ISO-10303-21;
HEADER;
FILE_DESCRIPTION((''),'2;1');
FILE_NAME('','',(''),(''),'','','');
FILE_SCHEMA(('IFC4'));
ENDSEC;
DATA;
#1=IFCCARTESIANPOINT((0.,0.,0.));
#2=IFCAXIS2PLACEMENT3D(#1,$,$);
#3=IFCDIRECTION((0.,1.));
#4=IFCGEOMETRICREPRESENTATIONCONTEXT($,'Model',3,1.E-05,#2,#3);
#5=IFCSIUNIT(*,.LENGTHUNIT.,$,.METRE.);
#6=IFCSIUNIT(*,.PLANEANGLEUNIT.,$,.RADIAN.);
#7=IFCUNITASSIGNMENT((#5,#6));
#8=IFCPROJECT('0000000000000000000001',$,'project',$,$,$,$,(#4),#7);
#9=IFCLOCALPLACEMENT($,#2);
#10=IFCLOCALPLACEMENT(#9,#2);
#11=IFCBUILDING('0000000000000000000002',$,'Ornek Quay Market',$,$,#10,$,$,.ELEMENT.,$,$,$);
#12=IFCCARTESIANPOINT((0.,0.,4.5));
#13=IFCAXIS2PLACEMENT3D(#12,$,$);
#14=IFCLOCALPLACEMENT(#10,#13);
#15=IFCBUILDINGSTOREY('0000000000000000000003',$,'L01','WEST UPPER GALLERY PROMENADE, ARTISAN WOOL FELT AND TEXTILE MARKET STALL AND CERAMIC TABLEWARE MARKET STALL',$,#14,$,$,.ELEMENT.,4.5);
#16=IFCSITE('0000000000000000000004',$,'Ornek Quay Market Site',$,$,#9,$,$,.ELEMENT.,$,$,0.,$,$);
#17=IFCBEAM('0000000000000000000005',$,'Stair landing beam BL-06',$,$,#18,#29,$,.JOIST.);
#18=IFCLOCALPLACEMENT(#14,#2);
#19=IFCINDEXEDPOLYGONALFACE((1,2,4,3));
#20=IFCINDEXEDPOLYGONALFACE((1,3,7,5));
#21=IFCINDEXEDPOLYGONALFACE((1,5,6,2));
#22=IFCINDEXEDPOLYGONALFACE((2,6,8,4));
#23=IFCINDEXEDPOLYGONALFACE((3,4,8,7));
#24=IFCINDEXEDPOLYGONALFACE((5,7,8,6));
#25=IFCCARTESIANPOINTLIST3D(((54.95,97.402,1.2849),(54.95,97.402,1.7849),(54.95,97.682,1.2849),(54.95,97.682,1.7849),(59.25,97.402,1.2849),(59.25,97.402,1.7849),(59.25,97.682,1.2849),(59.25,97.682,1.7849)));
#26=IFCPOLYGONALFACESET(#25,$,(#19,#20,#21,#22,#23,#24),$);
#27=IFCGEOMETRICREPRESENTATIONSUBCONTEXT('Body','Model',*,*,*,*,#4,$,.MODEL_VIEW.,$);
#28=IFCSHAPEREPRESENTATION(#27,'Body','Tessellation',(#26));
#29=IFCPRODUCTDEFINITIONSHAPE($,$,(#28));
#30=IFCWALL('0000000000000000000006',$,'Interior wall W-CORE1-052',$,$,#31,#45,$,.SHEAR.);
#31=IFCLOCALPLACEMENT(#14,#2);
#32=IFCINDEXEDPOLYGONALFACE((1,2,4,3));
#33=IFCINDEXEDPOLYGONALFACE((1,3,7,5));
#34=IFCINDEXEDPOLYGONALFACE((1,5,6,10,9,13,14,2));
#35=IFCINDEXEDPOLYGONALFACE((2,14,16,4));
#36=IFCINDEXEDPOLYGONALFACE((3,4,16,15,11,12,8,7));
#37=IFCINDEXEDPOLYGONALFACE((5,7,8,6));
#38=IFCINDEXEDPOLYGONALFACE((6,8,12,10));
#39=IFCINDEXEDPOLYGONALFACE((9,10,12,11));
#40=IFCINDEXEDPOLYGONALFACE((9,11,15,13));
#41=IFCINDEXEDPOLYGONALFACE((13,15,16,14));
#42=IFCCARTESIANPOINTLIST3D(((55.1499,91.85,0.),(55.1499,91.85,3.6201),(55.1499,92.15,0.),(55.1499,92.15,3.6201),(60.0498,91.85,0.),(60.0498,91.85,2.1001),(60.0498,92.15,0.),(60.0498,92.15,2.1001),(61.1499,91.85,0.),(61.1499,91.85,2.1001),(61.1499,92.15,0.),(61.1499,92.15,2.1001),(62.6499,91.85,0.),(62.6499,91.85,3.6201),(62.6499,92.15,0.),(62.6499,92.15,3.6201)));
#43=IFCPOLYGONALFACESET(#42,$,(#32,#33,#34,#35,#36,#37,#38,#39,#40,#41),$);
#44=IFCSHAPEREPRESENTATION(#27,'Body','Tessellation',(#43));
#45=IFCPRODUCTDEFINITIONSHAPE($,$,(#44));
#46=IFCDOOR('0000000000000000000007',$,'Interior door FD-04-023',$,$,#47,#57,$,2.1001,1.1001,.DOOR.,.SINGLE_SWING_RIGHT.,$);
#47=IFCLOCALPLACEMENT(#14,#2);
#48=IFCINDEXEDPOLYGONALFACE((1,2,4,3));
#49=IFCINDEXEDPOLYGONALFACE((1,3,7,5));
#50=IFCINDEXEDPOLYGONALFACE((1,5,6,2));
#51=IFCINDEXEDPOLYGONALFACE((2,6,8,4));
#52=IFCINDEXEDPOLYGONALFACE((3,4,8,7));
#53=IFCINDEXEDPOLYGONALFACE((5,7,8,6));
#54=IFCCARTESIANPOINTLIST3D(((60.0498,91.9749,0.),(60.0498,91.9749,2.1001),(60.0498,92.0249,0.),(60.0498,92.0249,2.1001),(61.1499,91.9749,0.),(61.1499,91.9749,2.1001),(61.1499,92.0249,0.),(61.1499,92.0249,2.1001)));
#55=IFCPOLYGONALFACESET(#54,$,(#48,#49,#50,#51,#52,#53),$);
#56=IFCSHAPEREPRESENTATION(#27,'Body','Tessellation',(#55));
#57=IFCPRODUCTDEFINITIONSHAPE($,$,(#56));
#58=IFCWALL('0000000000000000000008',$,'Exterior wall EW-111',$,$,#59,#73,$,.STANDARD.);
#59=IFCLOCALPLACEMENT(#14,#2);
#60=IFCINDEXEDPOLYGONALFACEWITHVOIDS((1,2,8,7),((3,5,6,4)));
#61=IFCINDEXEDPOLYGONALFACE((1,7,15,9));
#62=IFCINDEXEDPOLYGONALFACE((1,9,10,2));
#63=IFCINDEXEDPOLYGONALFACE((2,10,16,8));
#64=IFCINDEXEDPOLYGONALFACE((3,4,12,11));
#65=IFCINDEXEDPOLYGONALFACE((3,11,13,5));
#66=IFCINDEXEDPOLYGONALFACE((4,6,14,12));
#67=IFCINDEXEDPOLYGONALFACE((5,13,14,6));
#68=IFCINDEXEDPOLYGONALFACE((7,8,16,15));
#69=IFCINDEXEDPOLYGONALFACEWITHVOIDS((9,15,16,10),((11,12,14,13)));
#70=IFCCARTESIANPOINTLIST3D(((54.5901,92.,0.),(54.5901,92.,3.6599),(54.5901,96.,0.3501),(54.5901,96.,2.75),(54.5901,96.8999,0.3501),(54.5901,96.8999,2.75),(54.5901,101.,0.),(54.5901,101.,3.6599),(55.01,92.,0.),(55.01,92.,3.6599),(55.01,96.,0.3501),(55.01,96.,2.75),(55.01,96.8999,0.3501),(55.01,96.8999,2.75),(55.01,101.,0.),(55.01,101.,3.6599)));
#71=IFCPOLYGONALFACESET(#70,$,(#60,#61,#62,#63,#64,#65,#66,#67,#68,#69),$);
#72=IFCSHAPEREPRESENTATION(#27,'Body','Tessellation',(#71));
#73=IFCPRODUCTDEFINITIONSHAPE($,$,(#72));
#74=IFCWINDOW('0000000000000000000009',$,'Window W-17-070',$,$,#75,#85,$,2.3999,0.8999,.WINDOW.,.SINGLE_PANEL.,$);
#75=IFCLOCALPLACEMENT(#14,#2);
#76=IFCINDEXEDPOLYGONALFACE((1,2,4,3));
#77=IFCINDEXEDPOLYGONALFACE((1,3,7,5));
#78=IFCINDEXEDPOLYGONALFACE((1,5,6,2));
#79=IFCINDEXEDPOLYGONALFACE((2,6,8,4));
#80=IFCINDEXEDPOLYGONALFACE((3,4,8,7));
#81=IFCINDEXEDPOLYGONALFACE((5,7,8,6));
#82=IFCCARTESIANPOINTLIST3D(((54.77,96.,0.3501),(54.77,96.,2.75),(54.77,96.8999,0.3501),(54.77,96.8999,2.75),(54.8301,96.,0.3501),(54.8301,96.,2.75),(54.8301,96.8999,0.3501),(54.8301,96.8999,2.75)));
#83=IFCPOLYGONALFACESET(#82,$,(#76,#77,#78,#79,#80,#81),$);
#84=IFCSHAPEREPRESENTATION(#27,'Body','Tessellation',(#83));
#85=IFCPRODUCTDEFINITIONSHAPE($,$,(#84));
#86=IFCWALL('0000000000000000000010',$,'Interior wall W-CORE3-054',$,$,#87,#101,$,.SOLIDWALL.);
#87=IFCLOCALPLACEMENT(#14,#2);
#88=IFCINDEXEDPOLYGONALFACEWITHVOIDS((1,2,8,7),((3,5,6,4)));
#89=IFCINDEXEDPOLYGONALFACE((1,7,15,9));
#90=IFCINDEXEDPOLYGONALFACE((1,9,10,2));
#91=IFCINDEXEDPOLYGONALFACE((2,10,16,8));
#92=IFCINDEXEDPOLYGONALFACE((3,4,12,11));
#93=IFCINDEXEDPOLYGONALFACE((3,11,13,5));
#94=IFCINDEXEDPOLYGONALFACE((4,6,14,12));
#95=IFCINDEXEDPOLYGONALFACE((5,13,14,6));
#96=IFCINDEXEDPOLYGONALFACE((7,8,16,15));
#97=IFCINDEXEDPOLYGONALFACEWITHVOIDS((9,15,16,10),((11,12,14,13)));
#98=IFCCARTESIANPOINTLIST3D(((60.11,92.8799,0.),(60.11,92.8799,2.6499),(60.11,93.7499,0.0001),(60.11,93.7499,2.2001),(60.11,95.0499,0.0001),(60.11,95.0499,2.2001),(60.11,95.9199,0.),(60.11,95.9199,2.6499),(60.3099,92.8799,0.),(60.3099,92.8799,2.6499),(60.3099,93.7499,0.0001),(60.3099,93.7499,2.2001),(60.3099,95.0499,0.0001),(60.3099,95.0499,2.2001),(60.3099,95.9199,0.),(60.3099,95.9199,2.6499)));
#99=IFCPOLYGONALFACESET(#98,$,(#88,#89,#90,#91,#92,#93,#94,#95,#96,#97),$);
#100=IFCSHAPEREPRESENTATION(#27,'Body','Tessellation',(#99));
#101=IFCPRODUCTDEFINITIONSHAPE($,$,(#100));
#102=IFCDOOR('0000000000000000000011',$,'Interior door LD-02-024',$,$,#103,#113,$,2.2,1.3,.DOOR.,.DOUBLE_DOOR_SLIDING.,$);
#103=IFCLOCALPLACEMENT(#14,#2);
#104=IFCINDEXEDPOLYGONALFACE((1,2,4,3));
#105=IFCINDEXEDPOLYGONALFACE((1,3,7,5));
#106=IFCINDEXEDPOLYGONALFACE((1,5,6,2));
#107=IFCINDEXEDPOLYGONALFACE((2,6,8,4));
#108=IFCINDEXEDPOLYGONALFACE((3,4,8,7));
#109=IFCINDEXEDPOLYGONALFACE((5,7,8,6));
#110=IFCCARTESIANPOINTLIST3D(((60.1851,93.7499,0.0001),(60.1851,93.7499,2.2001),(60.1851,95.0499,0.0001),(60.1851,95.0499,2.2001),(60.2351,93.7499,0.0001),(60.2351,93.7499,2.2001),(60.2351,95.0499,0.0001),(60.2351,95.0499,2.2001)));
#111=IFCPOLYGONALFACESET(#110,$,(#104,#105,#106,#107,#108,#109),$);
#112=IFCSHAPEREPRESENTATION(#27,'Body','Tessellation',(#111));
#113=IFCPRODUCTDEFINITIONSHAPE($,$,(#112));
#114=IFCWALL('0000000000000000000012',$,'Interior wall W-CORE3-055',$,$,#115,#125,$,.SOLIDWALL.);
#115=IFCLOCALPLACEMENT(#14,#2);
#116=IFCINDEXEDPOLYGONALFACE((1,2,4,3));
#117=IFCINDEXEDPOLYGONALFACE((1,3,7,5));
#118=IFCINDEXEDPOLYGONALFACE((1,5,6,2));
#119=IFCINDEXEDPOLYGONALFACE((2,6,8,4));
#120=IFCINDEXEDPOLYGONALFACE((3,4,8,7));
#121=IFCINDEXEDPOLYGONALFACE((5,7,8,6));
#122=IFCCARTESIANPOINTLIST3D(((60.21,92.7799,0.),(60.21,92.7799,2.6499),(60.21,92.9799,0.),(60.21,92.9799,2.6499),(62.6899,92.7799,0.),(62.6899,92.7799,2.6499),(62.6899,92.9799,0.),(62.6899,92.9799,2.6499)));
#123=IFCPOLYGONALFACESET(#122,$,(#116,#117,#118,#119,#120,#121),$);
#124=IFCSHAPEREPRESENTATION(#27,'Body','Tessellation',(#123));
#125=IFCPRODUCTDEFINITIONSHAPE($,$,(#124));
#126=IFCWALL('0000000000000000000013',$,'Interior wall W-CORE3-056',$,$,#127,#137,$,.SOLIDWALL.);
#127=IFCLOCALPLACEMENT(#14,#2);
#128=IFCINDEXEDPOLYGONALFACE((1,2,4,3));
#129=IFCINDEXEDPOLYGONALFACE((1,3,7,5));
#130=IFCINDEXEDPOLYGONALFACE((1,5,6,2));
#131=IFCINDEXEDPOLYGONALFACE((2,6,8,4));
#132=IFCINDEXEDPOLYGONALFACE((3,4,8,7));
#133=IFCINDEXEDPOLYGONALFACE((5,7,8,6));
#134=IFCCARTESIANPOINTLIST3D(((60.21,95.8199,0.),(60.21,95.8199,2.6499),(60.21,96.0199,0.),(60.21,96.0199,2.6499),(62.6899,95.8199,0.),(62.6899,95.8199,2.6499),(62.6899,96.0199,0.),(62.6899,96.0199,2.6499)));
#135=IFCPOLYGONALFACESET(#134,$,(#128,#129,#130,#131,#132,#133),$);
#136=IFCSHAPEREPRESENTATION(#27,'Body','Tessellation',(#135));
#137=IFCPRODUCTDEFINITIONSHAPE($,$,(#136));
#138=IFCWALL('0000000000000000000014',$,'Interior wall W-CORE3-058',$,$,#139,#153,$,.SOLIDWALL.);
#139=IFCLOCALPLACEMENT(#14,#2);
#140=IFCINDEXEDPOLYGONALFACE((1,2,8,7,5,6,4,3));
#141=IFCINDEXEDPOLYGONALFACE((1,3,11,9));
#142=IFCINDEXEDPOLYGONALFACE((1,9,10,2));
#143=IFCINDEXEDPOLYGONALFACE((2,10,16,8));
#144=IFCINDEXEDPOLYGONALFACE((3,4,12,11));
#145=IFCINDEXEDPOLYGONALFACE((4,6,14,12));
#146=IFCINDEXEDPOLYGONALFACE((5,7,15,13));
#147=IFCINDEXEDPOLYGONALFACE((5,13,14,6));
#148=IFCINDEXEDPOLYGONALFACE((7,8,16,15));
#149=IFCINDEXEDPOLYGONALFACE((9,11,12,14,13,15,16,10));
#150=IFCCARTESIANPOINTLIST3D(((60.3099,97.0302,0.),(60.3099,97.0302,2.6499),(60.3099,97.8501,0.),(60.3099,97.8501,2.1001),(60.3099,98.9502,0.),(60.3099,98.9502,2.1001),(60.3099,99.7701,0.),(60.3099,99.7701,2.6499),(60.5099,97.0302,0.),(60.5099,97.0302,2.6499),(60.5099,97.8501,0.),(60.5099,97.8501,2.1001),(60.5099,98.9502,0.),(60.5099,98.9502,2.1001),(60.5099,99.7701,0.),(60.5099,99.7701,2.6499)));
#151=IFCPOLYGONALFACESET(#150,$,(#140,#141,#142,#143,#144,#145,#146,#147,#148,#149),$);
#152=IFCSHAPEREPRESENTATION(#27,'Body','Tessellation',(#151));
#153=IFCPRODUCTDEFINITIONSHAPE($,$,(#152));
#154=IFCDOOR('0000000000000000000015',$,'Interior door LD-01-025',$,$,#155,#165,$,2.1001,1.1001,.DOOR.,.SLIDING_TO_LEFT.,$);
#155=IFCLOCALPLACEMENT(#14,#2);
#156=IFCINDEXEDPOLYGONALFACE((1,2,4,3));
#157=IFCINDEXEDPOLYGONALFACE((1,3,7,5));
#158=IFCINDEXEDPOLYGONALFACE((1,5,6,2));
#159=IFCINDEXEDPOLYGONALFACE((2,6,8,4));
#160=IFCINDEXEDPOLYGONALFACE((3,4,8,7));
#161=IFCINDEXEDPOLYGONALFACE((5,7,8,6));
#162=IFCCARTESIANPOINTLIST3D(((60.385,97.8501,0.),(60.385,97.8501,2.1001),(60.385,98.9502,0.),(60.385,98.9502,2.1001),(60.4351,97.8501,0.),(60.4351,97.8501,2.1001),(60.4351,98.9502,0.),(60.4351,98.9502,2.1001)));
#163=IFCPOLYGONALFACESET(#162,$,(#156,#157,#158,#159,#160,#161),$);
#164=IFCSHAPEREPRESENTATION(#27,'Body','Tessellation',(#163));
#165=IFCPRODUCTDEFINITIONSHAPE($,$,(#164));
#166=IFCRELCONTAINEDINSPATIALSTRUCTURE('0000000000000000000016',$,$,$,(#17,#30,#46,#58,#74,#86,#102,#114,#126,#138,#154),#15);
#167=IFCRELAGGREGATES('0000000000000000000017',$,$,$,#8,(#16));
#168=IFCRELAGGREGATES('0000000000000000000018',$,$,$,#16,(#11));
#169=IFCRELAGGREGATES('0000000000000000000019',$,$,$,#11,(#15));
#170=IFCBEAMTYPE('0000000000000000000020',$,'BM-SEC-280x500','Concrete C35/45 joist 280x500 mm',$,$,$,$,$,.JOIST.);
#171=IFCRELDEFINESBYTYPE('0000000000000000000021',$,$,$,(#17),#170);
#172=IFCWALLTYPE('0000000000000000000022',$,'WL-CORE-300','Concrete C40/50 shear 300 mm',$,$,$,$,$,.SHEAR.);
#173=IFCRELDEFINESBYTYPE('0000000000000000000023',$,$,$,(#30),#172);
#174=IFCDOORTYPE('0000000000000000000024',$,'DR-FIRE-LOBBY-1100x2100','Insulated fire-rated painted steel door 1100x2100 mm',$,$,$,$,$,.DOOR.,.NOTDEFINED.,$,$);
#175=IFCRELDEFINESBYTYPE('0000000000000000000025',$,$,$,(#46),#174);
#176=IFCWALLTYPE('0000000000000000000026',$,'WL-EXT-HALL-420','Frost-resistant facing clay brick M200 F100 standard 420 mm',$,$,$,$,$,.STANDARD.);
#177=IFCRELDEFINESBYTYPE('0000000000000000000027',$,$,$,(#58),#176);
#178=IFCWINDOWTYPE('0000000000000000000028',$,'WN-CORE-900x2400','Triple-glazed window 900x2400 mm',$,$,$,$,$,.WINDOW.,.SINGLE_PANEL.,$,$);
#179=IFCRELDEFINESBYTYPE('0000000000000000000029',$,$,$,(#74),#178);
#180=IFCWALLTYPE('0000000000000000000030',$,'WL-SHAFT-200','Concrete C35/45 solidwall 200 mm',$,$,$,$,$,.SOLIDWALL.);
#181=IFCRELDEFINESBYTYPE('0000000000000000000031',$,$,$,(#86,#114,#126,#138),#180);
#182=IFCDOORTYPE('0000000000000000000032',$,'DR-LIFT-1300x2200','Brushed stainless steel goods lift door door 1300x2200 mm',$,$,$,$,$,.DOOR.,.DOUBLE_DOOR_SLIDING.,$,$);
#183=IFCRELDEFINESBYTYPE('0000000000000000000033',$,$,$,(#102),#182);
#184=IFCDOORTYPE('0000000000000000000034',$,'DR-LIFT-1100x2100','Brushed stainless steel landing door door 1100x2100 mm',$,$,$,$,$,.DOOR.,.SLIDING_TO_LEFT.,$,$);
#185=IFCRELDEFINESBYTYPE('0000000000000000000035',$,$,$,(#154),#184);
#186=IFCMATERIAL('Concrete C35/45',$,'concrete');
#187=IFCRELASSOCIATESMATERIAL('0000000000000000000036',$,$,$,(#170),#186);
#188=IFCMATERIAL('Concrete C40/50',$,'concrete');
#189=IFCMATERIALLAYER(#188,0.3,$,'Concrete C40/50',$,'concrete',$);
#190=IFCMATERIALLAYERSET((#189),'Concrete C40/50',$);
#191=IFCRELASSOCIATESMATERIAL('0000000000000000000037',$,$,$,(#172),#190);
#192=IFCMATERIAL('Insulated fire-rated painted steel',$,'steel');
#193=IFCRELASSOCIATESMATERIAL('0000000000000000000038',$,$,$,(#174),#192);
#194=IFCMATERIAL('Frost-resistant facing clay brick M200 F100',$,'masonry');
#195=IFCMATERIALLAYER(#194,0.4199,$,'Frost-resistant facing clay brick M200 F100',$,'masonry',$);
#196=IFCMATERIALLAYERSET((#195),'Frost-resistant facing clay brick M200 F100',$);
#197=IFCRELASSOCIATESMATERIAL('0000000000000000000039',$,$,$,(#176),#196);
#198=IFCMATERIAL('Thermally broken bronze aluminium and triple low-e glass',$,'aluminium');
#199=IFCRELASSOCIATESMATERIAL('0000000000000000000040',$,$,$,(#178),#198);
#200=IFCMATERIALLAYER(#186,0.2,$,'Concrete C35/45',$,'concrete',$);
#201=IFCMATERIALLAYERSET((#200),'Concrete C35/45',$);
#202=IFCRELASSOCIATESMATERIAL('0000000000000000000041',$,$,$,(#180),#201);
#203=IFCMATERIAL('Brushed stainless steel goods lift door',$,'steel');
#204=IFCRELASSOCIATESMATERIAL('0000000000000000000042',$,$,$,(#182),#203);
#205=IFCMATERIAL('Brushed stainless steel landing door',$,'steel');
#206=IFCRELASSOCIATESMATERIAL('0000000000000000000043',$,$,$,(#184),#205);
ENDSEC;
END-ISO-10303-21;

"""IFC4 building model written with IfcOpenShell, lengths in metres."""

from ifc_helpers import new_model, si_unit, direction, frame, frame_2d, origin, origin_2d, place, context, subcontext, project, spatial, rectangle, extrude, material, layer, layer_set, material_profile, profile_set, type_object, element, fill, save


model = new_model("IFC4")

# Units and contexts
model_context = context("Model", 3, precision=1e-05, world=origin(), true_north=direction((0.0, 1.0)))
body_context = subcontext(model_context, "Body", "Model", "MODEL_VIEW")
ifc_project = project(units=[si_unit("LENGTHUNIT", "METRE"), si_unit("PLANEANGLEUNIT", "RADIAN")], contexts=[model_context])

# Site, building, storey
site_placement = place(None, origin())
site = spatial("IfcSite", under=ifc_project, at=site_placement, Name="Ornek Quay Market Site", CompositionType="ELEMENT", RefElevation=0.0)
building_placement = place(site_placement, origin())
building = spatial("IfcBuilding", under=site, at=building_placement, Name="Ornek Quay Market", CompositionType="ELEMENT")
storey_placement = place(building_placement, frame((0.0, 0.0, 4.5)))
storey = spatial("IfcBuildingStorey", under=building, at=storey_placement, Name="L01", Description="WEST UPPER GALLERY PROMENADE, ARTISAN WOOL FELT AND TEXTILE MARKET STALL AND CERAMIC TABLEWARE MARKET STALL", CompositionType="ELEMENT", Elevation=4.5)

# Beam
ifc_material_1 = material(Name="Concrete C35/45", Category="concrete")
ifc_material_profile = material_profile(ifc_material_1, rectangle(XDim=0.28, YDim=0.5, at=origin_2d()), Name="RC 280x500", Category="concrete")
ifc_profile_set = profile_set([ifc_material_profile], Name="Concrete C35/45")
beam_type = type_object("IfcBeamType", Name="BM-SEC-280x500", Description="Concrete C35/45 joist 280x500 mm", PredefinedType="JOIST", material=ifc_profile_set)
beam_placement = place(storey_placement, frame((54.95, 97.542, 1.5349), z_axis=(1.0, 0.0, 0.0), x_axis=(0.0, 1.0, 0.0)))
element("IfcBeam", 1, at=beam_placement, inside=storey, type_object=beam_type, Name="Stair landing beam BL-06", PredefinedType="JOIST", context=body_context, shape_type="SweptSolid", body=[
    extrude(rectangle(XDim=0.28, YDim=0.5, at=origin_2d()), origin(), (0.0, 0.0, 1.0), 4.3),
])

# Wall, opening, door
ifc_material_2 = material(Name="Concrete C40/50", Category="concrete")
ifc_layer_1 = layer(ifc_material_2, 0.3, Name="Concrete C40/50", Category="concrete")
ifc_layer_set_1 = layer_set([ifc_layer_1], Name="Concrete C40/50")
wall_type_1 = type_object("IfcWallType", Name="WL-CORE-300", Description="Concrete C40/50 shear 300 mm", PredefinedType="SHEAR", material=ifc_layer_set_1)
ifc_material_3 = material(Name="Insulated fire-rated painted steel", Category="steel")
wall_1_placement = place(storey_placement, frame((55.1499, 92.0, 0.0), z_axis=(0.0, 0.0, 1.0), x_axis=(1.0, 0.0, 0.0)))
wall_1 = element("IfcWall", 2, at=wall_1_placement, inside=storey, type_object=wall_type_1, Name="Interior wall W-CORE1-052", PredefinedType="SHEAR", context=body_context, shape_type="SweptSolid", body=[
    extrude(rectangle(XDim=7.5, YDim=0.3, at=frame_2d((3.75, 0.0))), origin(), (0.0, 0.0, 1.0), 3.6201),
])
opening_1_placement = place(wall_1_placement, frame((4.8999, 0.0, 0.0)))
opening_1 = element("IfcOpeningElement", 3, at=opening_1_placement, cuts=wall_1, PredefinedType="OPENING", context=body_context, shape_type="SweptSolid", body=[
    extrude(rectangle(XDim=1.1001, YDim=2.1001, at=frame_2d((0.55, 1.05))), frame((0.0, 0.1599, 0.0), z_axis=(0.0, -1.0, 0.0), x_axis=(1.0, 0.0, 0.0)), (0.0, 0.0, 1.0), 0.3201),
])
door_type_1 = type_object("IfcDoorType", Name="DR-FIRE-LOBBY-1100x2100", Description="Insulated fire-rated painted steel door 1100x2100 mm", OperationType="NOTDEFINED", PredefinedType="DOOR", material=ifc_material_3)
door_1_placement = place(opening_1_placement, origin())
door_1 = element("IfcDoor", 4, at=door_1_placement, inside=storey, type_object=door_type_1, Name="Interior door FD-04-023", OperationType="SINGLE_SWING_RIGHT", OverallHeight=2.1001, OverallWidth=1.1001, PredefinedType="DOOR", context=body_context, shape_type="SweptSolid", body=[
    extrude(rectangle(XDim=1.1001, YDim=2.1001, at=frame_2d((0.55, 1.05))), frame((0.0, 0.0249, 0.0), z_axis=(0.0, -1.0, 0.0), x_axis=(1.0, 0.0, 0.0)), (0.0, 0.0, 1.0), 0.05),
])
fill(opening_1, door_1)

# Wall, opening, window
ifc_material_4 = material(Name="Frost-resistant facing clay brick M200 F100", Category="masonry")
ifc_layer_2 = layer(ifc_material_4, 0.4199, Name="Frost-resistant facing clay brick M200 F100", Category="masonry")
ifc_layer_set_2 = layer_set([ifc_layer_2], Name="Frost-resistant facing clay brick M200 F100")
wall_type_2 = type_object("IfcWallType", Name="WL-EXT-HALL-420", Description="Frost-resistant facing clay brick M200 F100 standard 420 mm", PredefinedType="STANDARD", material=ifc_layer_set_2)
wall_2_placement = place(storey_placement, frame((54.8, 92.0, 0.0), z_axis=(0.0, 0.0, 1.0), x_axis=(0.0, 1.0, 0.0)))
wall_2 = element("IfcWall", 5, at=wall_2_placement, inside=storey, type_object=wall_type_2, Name="Exterior wall EW-111", PredefinedType="STANDARD", context=body_context, shape_type="SweptSolid", body=[
    extrude(rectangle(XDim=9.0, YDim=0.4199, at=frame_2d((4.5, 0.0))), origin(), (0.0, 0.0, 1.0), 3.6599),
])
opening_2_placement = place(wall_2_placement, frame((4.0, 0.0, 0.3501)))
opening_2 = element("IfcOpeningElement", 6, at=opening_2_placement, cuts=wall_2, PredefinedType="OPENING", context=body_context, shape_type="SweptSolid", body=[
    extrude(rectangle(XDim=0.8999, YDim=2.3999, at=frame_2d((0.45, 1.2))), frame((0.0, 0.22, 0.0), z_axis=(0.0, -1.0, 0.0), x_axis=(1.0, 0.0, 0.0)), (0.0, 0.0, 1.0), 0.4399),
])
ifc_material_5 = material(Name="Thermally broken bronze aluminium and triple low-e glass", Category="aluminium")
window_type = type_object("IfcWindowType", Name="WN-CORE-900x2400", Description="Triple-glazed window 900x2400 mm", PartitioningType="SINGLE_PANEL", PredefinedType="WINDOW", material=ifc_material_5)
window_placement = place(opening_2_placement, origin())
window = element("IfcWindow", 7, at=window_placement, inside=storey, type_object=window_type, Name="Window W-17-070", OverallHeight=2.3999, OverallWidth=0.8999, PartitioningType="SINGLE_PANEL", PredefinedType="WINDOW", context=body_context, shape_type="SweptSolid", body=[
    extrude(rectangle(XDim=0.8999, YDim=2.3999, at=frame_2d((0.45, 1.2))), frame((0.0, 0.03, 0.0), z_axis=(0.0, -1.0, 0.0), x_axis=(1.0, 0.0, 0.0)), (0.0, 0.0, 1.0), 0.0601),
])
fill(opening_2, window)

# Wall, opening, door
ifc_layer_3 = layer(ifc_material_1, 0.2, Name="Concrete C35/45", Category="concrete")
ifc_layer_set_3 = layer_set([ifc_layer_3], Name="Concrete C35/45")
wall_type_3 = type_object("IfcWallType", Name="WL-SHAFT-200", Description="Concrete C35/45 solidwall 200 mm", PredefinedType="SOLIDWALL", material=ifc_layer_set_3)
wall_3_placement = place(storey_placement, frame((60.21, 92.8799, 0.0), z_axis=(0.0, 0.0, 1.0), x_axis=(0.0, 1.0, 0.0)))
wall_3 = element("IfcWall", 8, at=wall_3_placement, inside=storey, type_object=wall_type_3, Name="Interior wall W-CORE3-054", PredefinedType="SOLIDWALL", context=body_context, shape_type="SweptSolid", body=[
    extrude(rectangle(XDim=3.04, YDim=0.2, at=frame_2d((1.52, 0.0))), origin(), (0.0, 0.0, 1.0), 2.6499),
])
opening_3_placement = place(wall_3_placement, frame((0.8701, 0.0, 0.0)))
opening_3 = element("IfcOpeningElement", 9, at=opening_3_placement, cuts=wall_3, PredefinedType="OPENING", context=body_context, shape_type="SweptSolid", body=[
    extrude(rectangle(XDim=1.3, YDim=2.2, at=frame_2d((0.6499, 1.1001))), frame((0.0, 0.1099, 0.0), z_axis=(0.0, -1.0, 0.0), x_axis=(1.0, 0.0, 0.0)), (0.0, 0.0, 1.0), 0.22),
])
ifc_material_6 = material(Name="Brushed stainless steel goods lift door", Category="steel")
door_type_2 = type_object("IfcDoorType", Name="DR-LIFT-1300x2200", Description="Brushed stainless steel goods lift door door 1300x2200 mm", OperationType="DOUBLE_DOOR_SLIDING", PredefinedType="DOOR", material=ifc_material_6)
door_2_placement = place(opening_3_placement, origin())
door_2 = element("IfcDoor", 10, at=door_2_placement, inside=storey, type_object=door_type_2, Name="Interior door LD-02-024", OperationType="DOUBLE_DOOR_SLIDING", OverallHeight=2.2, OverallWidth=1.3, PredefinedType="DOOR", context=body_context, shape_type="SweptSolid", body=[
    extrude(rectangle(XDim=1.3, YDim=2.2, at=frame_2d((0.6499, 1.1001))), frame((0.0, 0.0249, 0.0), z_axis=(0.0, -1.0, 0.0), x_axis=(1.0, 0.0, 0.0)), (0.0, 0.0, 1.0), 0.05),
])
fill(opening_3, door_2)

# Walls
for number, where, z_axis, x_axis, name in (
    (11, (60.21, 92.8799, 0.0), (0.0, 0.0, 1.0), (1.0, 0.0, 0.0), "Interior wall W-CORE3-055"),
    (12, (60.21, 95.9199, 0.0), (0.0, 0.0, 1.0), (1.0, 0.0, 0.0), "Interior wall W-CORE3-056"),
):
    element("IfcWall", number, at=place(storey_placement, frame(where, z_axis=z_axis, x_axis=x_axis)), inside=storey, type_object=wall_type_3, Name=name, PredefinedType="SOLIDWALL", context=body_context, shape_type="SweptSolid", body=[
        extrude(rectangle(XDim=2.48, YDim=0.2, at=frame_2d((1.24, 0.0))), origin(), (0.0, 0.0, 1.0), 2.6499),
    ])

# Wall, opening, door
wall_4_placement = place(storey_placement, frame((60.4099, 97.03, 0.0), z_axis=(0.0, 0.0, 1.0), x_axis=(0.0, 1.0, 0.0)))
wall_4 = element("IfcWall", 13, at=wall_4_placement, inside=storey, type_object=wall_type_3, Name="Interior wall W-CORE3-058", PredefinedType="SOLIDWALL", context=body_context, shape_type="SweptSolid", body=[
    extrude(rectangle(XDim=2.74, YDim=0.2, at=frame_2d((1.3701, 0.0))), origin(), (0.0, 0.0, 1.0), 2.6499),
])
opening_4_placement = place(wall_4_placement, frame((0.8201, 0.0, 0.0)))
opening_4 = element("IfcOpeningElement", 14, at=opening_4_placement, cuts=wall_4, PredefinedType="OPENING", context=body_context, shape_type="SweptSolid", body=[
    extrude(rectangle(XDim=1.1001, YDim=2.1001, at=frame_2d((0.55, 1.05))), frame((0.0, 0.1099, 0.0), z_axis=(0.0, -1.0, 0.0), x_axis=(1.0, 0.0, 0.0)), (0.0, 0.0, 1.0), 0.22),
])
ifc_material_7 = material(Name="Brushed stainless steel landing door", Category="steel")
door_type_3 = type_object("IfcDoorType", Name="DR-LIFT-1100x2100", Description="Brushed stainless steel landing door door 1100x2100 mm", OperationType="SLIDING_TO_LEFT", PredefinedType="DOOR", material=ifc_material_7)
door_3_placement = place(opening_4_placement, origin())
door_3 = element("IfcDoor", 15, at=door_3_placement, inside=storey, type_object=door_type_3, Name="Interior door LD-01-025", OperationType="SLIDING_TO_LEFT", OverallHeight=2.1001, OverallWidth=1.1001, PredefinedType="DOOR", context=body_context, shape_type="SweptSolid", body=[
    extrude(rectangle(XDim=1.1001, YDim=2.1001, at=frame_2d((0.55, 1.05))), frame((0.0, 0.0249, 0.0), z_axis=(0.0, -1.0, 0.0), x_axis=(1.0, 0.0, 0.0)), (0.0, 0.0, 1.0), 0.05),
])
fill(opening_4, door_3)

save(model, "model.ifc")
